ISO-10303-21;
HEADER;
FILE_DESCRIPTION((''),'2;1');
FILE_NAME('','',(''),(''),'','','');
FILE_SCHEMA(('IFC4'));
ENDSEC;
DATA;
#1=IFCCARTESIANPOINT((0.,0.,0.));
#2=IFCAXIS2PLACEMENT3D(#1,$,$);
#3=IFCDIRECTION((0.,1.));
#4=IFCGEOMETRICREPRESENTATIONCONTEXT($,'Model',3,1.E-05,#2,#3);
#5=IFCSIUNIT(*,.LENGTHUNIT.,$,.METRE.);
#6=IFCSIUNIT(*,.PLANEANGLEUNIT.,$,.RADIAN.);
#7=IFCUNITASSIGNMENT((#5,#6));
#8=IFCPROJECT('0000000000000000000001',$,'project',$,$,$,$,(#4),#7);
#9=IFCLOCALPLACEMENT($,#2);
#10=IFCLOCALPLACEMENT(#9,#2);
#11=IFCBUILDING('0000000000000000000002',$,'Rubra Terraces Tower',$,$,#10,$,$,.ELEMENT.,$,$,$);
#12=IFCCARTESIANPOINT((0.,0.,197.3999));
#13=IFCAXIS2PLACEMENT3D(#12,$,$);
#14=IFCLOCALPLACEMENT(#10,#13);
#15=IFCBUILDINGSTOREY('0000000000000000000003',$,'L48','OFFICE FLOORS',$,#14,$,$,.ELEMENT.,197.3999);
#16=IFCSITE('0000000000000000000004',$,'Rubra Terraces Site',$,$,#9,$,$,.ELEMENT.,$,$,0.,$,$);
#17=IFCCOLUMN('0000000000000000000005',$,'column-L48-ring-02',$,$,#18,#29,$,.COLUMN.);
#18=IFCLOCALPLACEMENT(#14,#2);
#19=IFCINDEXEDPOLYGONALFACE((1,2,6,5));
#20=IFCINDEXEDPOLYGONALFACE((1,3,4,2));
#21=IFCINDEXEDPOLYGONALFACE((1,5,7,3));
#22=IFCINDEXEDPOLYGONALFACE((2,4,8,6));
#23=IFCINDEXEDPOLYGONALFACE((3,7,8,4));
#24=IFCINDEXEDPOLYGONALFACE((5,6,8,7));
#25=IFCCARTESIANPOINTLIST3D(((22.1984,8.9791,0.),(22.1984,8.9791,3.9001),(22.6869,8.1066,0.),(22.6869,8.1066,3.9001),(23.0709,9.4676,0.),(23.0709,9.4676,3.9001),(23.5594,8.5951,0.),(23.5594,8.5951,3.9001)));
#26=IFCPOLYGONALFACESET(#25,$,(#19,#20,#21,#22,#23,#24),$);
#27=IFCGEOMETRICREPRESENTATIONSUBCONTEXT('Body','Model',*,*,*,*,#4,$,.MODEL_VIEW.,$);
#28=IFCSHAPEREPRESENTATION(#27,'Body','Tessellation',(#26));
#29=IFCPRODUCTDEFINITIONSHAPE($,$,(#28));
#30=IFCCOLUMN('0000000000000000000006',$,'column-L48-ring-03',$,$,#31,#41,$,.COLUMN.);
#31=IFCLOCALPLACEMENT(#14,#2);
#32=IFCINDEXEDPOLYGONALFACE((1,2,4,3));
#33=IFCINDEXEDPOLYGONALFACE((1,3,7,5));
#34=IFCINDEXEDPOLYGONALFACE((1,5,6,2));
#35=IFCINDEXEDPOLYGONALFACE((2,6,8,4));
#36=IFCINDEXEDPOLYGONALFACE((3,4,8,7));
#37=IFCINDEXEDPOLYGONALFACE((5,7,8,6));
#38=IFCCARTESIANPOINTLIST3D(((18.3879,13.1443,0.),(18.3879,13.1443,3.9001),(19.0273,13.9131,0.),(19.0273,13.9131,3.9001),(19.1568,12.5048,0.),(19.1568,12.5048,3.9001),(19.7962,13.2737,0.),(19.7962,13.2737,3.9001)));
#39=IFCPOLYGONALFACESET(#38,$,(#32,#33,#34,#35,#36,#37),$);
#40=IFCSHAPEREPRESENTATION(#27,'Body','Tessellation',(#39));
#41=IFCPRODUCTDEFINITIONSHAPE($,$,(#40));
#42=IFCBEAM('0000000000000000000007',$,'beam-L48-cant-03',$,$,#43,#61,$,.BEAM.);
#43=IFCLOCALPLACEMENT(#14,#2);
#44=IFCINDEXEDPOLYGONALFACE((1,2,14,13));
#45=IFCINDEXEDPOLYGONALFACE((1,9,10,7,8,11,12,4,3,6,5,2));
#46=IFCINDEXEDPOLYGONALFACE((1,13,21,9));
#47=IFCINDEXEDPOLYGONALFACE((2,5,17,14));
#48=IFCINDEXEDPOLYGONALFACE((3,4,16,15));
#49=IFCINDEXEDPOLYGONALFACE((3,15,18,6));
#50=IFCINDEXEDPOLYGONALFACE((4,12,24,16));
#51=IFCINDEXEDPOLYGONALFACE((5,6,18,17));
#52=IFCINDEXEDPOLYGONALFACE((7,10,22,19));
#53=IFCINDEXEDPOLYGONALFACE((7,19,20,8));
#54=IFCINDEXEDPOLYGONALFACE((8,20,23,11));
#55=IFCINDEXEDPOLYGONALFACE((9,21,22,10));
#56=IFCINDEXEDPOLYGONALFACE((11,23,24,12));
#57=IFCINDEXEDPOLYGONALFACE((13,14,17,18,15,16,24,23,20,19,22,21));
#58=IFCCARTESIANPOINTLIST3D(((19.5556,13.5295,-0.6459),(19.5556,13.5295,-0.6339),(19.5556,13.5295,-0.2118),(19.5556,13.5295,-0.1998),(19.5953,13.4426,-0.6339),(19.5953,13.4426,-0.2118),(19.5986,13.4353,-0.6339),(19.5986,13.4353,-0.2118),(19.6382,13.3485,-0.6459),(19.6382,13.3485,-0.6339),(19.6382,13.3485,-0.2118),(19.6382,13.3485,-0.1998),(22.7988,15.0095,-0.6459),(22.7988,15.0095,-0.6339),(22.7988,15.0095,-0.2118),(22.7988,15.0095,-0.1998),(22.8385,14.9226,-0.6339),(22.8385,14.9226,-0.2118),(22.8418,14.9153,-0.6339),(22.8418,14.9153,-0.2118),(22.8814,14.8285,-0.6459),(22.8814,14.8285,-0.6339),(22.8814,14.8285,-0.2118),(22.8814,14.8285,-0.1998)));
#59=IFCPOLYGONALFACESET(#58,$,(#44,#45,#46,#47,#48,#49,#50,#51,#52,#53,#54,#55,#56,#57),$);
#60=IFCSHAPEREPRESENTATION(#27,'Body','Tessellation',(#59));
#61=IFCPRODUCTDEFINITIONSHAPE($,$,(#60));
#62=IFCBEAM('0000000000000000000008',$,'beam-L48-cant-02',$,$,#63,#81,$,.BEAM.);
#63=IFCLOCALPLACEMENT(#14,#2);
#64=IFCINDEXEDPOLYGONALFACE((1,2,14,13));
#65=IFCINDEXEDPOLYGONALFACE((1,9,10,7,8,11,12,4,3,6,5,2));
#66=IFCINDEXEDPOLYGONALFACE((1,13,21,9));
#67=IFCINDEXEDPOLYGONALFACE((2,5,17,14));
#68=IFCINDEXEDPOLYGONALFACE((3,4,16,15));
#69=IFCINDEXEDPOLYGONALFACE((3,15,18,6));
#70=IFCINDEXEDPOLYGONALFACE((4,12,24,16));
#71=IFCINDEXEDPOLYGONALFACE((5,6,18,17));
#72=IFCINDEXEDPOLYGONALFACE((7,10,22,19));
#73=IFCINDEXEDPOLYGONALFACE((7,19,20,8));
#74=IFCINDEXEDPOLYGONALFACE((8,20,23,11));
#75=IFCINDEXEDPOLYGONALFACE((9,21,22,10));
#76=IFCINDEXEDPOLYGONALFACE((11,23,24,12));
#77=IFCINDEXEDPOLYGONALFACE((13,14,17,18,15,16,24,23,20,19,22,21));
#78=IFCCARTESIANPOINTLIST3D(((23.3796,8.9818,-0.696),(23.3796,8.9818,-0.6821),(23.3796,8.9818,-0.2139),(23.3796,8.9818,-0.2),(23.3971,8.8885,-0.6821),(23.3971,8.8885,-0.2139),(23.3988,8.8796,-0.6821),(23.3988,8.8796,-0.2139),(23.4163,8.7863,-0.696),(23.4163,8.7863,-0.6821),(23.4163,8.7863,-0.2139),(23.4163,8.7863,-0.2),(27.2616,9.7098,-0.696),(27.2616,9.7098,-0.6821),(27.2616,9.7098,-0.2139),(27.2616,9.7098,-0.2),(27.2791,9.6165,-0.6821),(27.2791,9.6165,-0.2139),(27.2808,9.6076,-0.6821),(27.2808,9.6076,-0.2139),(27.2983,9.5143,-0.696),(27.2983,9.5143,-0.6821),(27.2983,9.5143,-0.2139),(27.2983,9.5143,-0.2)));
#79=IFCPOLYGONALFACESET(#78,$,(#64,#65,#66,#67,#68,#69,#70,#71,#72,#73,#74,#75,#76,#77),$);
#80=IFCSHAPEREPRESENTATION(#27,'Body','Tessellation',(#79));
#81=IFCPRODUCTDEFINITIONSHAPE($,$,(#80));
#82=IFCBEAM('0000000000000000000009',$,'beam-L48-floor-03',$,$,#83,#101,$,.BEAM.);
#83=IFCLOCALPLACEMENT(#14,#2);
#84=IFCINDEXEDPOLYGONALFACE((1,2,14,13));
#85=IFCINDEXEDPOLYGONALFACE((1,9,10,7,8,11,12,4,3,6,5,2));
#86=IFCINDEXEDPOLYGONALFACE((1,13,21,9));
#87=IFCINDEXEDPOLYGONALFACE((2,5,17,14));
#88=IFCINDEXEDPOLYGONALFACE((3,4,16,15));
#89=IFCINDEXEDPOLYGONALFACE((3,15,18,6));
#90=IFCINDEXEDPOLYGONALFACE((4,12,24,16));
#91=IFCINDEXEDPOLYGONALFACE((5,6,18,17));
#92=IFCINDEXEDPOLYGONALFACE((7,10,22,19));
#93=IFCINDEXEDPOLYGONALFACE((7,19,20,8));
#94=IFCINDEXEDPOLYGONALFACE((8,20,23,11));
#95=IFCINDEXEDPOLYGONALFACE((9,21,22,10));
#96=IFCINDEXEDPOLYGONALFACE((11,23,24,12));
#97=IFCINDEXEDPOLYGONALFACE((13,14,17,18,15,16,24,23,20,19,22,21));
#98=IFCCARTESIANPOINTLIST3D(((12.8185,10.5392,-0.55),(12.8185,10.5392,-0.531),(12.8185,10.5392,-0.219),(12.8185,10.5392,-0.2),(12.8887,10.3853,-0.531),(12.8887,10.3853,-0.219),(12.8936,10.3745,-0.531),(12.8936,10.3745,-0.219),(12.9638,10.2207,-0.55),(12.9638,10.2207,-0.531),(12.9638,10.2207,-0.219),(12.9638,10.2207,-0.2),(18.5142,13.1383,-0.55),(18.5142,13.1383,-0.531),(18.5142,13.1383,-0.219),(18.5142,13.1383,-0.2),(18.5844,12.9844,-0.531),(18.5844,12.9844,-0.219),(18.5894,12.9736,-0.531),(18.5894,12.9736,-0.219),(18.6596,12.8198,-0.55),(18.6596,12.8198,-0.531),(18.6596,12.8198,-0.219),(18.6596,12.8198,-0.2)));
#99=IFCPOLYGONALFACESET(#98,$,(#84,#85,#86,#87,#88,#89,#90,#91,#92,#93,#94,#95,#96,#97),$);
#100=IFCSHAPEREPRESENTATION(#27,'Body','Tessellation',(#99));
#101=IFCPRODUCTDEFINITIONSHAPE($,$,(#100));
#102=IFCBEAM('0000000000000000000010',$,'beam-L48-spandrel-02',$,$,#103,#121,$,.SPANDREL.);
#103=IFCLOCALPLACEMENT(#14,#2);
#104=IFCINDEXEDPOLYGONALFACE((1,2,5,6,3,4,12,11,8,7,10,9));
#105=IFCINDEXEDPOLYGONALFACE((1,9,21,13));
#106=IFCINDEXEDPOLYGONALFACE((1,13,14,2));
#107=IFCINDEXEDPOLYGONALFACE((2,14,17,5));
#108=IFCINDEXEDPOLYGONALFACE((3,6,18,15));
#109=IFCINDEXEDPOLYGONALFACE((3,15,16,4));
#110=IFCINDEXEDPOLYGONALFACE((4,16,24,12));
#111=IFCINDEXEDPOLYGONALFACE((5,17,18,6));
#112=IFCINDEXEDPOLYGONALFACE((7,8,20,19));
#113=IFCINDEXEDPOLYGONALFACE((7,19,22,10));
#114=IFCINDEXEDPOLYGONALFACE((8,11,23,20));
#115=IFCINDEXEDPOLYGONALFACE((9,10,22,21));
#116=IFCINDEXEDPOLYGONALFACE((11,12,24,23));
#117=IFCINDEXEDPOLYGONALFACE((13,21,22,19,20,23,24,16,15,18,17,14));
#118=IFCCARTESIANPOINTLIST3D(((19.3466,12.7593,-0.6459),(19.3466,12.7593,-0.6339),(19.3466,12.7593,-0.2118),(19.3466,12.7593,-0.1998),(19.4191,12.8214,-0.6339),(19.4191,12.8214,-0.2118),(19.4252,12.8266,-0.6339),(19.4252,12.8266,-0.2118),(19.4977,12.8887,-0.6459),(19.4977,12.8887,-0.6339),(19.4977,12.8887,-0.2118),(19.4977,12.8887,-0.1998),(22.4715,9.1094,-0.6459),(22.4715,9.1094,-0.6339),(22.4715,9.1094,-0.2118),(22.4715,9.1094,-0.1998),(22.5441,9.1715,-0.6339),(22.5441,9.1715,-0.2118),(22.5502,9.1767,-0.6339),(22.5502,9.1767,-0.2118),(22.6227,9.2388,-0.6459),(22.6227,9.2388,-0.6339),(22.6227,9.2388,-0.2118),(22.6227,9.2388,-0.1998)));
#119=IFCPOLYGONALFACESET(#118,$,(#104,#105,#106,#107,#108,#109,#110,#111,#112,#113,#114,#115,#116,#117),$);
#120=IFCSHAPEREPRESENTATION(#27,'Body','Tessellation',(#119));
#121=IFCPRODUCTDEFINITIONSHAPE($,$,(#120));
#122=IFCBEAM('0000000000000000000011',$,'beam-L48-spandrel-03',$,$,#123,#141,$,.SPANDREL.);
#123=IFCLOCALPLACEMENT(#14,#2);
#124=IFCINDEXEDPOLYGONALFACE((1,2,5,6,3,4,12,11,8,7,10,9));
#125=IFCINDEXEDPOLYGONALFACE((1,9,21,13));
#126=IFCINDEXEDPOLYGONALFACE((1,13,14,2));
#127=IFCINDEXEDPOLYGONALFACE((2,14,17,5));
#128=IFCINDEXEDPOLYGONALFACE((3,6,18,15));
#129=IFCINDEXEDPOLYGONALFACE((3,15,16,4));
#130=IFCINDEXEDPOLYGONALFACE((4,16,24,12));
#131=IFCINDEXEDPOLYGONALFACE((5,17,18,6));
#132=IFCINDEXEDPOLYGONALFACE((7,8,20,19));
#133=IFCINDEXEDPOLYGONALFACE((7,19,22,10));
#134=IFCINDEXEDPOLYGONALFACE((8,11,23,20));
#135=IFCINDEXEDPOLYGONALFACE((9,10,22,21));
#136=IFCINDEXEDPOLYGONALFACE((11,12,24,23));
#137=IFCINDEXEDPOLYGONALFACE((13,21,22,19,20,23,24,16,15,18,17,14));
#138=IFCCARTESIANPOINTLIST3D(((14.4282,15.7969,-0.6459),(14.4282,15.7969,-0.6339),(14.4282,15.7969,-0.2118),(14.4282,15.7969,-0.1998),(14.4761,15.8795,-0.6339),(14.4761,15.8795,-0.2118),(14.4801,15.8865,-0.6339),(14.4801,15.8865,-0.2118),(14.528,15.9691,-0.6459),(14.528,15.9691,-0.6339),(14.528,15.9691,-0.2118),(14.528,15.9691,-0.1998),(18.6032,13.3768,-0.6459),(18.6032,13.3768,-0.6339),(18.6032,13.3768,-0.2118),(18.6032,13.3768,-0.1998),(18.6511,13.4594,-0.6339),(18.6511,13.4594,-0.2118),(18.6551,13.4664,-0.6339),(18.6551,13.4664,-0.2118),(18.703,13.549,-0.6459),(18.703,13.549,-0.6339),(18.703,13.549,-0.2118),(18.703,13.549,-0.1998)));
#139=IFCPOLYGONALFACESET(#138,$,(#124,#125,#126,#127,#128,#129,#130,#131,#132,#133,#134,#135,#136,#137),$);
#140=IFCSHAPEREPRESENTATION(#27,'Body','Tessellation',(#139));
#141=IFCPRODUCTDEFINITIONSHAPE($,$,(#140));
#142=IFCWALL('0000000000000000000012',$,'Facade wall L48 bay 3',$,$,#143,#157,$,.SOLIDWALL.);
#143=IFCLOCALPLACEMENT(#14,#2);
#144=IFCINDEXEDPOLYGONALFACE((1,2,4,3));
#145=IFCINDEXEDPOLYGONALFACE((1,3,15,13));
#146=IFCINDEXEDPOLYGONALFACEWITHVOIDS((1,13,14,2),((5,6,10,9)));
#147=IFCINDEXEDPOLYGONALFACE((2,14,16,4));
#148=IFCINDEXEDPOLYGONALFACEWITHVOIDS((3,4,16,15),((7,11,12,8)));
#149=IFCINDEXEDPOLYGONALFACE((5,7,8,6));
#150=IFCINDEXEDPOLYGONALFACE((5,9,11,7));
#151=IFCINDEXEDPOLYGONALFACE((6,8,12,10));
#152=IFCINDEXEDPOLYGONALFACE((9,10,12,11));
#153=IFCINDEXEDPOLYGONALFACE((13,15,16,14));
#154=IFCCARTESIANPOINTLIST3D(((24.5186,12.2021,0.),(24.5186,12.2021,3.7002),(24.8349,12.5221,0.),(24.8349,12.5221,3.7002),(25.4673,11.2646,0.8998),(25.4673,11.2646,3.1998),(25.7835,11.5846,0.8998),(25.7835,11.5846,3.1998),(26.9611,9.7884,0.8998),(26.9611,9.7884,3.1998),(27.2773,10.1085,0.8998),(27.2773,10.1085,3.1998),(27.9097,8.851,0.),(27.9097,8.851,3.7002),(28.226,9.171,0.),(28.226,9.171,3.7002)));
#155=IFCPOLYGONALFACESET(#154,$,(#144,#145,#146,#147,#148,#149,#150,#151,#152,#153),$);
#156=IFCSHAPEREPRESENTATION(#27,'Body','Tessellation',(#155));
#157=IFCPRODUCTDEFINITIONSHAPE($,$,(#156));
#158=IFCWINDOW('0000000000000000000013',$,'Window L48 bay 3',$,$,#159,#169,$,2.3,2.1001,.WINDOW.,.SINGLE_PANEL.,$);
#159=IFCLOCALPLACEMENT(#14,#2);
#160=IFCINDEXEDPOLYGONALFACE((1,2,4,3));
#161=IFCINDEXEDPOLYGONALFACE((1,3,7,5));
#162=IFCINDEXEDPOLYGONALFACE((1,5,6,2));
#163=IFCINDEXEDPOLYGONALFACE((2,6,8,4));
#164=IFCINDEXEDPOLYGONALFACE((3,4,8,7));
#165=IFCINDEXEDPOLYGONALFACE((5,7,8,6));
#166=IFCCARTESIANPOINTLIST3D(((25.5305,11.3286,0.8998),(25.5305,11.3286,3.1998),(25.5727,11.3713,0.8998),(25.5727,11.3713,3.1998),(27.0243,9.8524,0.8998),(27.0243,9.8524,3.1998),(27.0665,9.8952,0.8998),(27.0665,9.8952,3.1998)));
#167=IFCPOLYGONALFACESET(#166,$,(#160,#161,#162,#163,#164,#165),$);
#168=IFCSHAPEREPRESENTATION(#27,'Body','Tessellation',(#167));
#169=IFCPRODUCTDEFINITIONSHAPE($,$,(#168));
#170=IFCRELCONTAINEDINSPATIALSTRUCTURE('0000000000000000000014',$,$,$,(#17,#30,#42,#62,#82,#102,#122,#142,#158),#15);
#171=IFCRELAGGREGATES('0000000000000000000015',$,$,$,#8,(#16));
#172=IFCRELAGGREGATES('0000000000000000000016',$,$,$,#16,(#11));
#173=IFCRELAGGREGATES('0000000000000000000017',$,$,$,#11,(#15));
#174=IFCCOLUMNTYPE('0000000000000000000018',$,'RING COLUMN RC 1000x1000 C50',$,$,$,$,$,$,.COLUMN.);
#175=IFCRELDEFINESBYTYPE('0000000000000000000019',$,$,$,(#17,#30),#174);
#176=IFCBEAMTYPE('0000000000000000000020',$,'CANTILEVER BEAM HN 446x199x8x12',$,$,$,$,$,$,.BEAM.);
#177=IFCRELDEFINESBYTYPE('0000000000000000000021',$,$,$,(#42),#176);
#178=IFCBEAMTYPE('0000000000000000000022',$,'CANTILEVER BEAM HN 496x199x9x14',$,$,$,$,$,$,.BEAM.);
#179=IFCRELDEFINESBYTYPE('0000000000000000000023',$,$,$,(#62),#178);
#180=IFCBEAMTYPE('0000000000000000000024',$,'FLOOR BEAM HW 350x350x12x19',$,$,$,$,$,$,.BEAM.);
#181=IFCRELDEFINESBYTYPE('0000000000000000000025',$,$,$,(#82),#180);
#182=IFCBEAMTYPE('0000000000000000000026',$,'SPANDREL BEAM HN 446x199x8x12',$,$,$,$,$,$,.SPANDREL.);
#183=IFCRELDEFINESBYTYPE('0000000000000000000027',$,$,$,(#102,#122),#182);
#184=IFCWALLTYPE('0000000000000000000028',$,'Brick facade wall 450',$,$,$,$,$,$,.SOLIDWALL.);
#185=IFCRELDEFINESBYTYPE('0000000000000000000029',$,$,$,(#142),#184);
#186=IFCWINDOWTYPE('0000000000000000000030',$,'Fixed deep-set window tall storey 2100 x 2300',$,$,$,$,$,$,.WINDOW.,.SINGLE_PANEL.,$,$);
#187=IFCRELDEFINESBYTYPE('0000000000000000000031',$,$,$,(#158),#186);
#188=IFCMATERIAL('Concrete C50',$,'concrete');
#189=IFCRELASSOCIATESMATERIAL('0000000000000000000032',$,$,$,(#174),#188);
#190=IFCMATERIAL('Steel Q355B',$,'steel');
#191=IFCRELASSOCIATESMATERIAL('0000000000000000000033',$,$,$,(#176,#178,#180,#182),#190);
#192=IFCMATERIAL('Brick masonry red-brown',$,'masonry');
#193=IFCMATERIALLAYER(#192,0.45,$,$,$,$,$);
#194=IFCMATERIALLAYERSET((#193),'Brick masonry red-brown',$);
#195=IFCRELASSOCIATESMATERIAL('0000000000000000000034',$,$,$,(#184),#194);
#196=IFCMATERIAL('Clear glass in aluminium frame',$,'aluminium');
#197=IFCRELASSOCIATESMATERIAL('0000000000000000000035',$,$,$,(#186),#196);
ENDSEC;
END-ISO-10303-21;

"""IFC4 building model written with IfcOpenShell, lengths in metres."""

from ifc_helpers import new_model, si_unit, direction, frame, frame_2d, origin, origin_2d, place, context, subcontext, project, spatial, rectangle, i_section, extrude, material, layer, layer_set, material_profile, profile_set, type_object, element, fill, save


model = new_model("IFC4")

# Units and contexts
model_context = context("Model", 3, precision=1e-05, world=origin(), true_north=direction((0.0, 1.0)))
body_context = subcontext(model_context, "Body", "Model", "MODEL_VIEW")
ifc_project = project(units=[si_unit("LENGTHUNIT", "METRE"), si_unit("PLANEANGLEUNIT", "RADIAN")], contexts=[model_context])

# Site, building, storey
site_placement = place(None, origin())
site = spatial("IfcSite", under=ifc_project, at=site_placement, Name="Rubra Terraces Site", CompositionType="ELEMENT", RefElevation=0.0)
building_placement = place(site_placement, origin())
building = spatial("IfcBuilding", under=site, at=building_placement, Name="Rubra Terraces Tower", CompositionType="ELEMENT")
storey_placement = place(building_placement, frame((0.0, 0.0, 197.3999)))
storey = spatial("IfcBuildingStorey", under=building, at=storey_placement, Name="L48", Description="OFFICE FLOORS", CompositionType="ELEMENT", Elevation=197.3999)

# Columns
ifc_material_1 = material(Name="Concrete C50", Category="concrete")
ifc_material_profile_1 = material_profile(ifc_material_1, rectangle(XDim=1.0, YDim=1.0, at=origin_2d()), Name="RC 1000x1000")
ifc_profile_set_1 = profile_set([ifc_material_profile_1], Name="Concrete C50")
column_type = type_object("IfcColumnType", Name="RING COLUMN RC 1000x1000 C50", PredefinedType="COLUMN", material=ifc_profile_set_1)
for number, where, z_axis, x_axis, name in (
    (1, (22.8789, 8.7871, 0.0), (0.0, 0.0, 1.0), (-0.488526, 0.872549, 0.0), "column-L48-ring-02"),
    (2, (19.092, 13.209, 0.0), (0.0, 0.0, 1.0), (-0.76887, 0.639405, 0.0), "column-L48-ring-03"),
):
    element("IfcColumn", number, at=place(storey_placement, frame(where, z_axis=z_axis, x_axis=x_axis)), inside=storey, type_object=column_type, Name=name, PredefinedType="COLUMN", context=body_context, shape_type="SweptSolid", body=[
        extrude(rectangle(XDim=1.0, YDim=1.0, at=origin_2d()), origin(), (0.0, 0.0, 1.0), 3.9001),
    ])

# Beams
ifc_material_2 = material(Name="Steel Q355B", Category="steel")
ifc_material_profile_2 = material_profile(ifc_material_2, i_section(OverallWidth=0.199, OverallDepth=0.446, WebThickness=0.0081, FlangeThickness=0.012, at=origin_2d()), Name="HN 446x199x8x12")
ifc_profile_set_2 = profile_set([ifc_material_profile_2], Name="Steel Q355B")
beam_type_1 = type_object("IfcBeamType", Name="CANTILEVER BEAM HN 446x199x8x12", PredefinedType="BEAM", material=ifc_profile_set_2)
beam_1_placement = place(storey_placement, frame((19.5969, 13.439, -0.4229), z_axis=(0.909751, 0.415154, 0.0), x_axis=(-0.415154, 0.909751, 0.0)))
element("IfcBeam", 3, at=beam_1_placement, inside=storey, type_object=beam_type_1, Name="beam-L48-cant-03", PredefinedType="BEAM", context=body_context, shape_type="SweptSolid", body=[
    extrude(i_section(OverallWidth=0.199, OverallDepth=0.446, WebThickness=0.0081, FlangeThickness=0.012, at=origin_2d()), origin(), (0.0, 0.0, 1.0), 3.5649),
])
ifc_material_profile_3 = material_profile(ifc_material_2, i_section(OverallWidth=0.199, OverallDepth=0.4961, WebThickness=0.009, FlangeThickness=0.0139, at=origin_2d()), Name="HN 496x199x9x14")
ifc_profile_set_3 = profile_set([ifc_material_profile_3], Name="Steel Q355B")
beam_type_2 = type_object("IfcBeamType", Name="CANTILEVER BEAM HN 496x199x9x14", PredefinedType="BEAM", material=ifc_profile_set_3)
beam_2_placement = place(storey_placement, frame((23.3979, 8.884, -0.448), z_axis=(0.982866, 0.184322, 0.0), x_axis=(-0.184322, 0.982866, 0.0)))
element("IfcBeam", 4, at=beam_2_placement, inside=storey, type_object=beam_type_2, Name="beam-L48-cant-02", PredefinedType="BEAM", context=body_context, shape_type="SweptSolid", body=[
    extrude(i_section(OverallWidth=0.199, OverallDepth=0.4961, WebThickness=0.009, FlangeThickness=0.0139, at=origin_2d()), origin(), (0.0, 0.0, 1.0), 3.9497),
])
ifc_material_profile_4 = material_profile(ifc_material_2, i_section(OverallWidth=0.3501, OverallDepth=0.3501, WebThickness=0.012, FlangeThickness=0.019, at=origin_2d()), Name="HW 350x350x12x19")
ifc_profile_set_4 = profile_set([ifc_material_profile_4], Name="Steel Q355B")
beam_type_3 = type_object("IfcBeamType", Name="FLOOR BEAM HW 350x350x12x19", PredefinedType="BEAM", material=ifc_profile_set_4)
beam_3_placement = place(storey_placement, frame((18.5869, 12.979, -0.375), z_axis=(-0.909757, -0.415142, 0.0), x_axis=(0.415142, -0.909757, 0.0)))
element("IfcBeam", 5, at=beam_3_placement, inside=storey, type_object=beam_type_3, Name="beam-L48-floor-03", PredefinedType="BEAM", context=body_context, shape_type="SweptSolid", body=[
    extrude(i_section(OverallWidth=0.3501, OverallDepth=0.3501, WebThickness=0.012, FlangeThickness=0.019, at=origin_2d()), origin(), (0.0, 0.0, 1.0), 6.2607),
])
ifc_material_profile_5 = material_profile(ifc_material_2, i_section(OverallWidth=0.199, OverallDepth=0.446, WebThickness=0.0081, FlangeThickness=0.012, at=origin_2d()), Name="HN 446x199x8x12")
ifc_profile_set_5 = profile_set([ifc_material_profile_5], Name="Steel Q355B")
beam_type_4 = type_object("IfcBeamType", Name="SPANDREL BEAM HN 446x199x8x12", PredefinedType="SPANDREL", material=ifc_profile_set_5)
beam_4_placement = place(storey_placement, frame((22.5471, 9.1741, -0.4229), z_axis=(-0.650373, 0.759615, 0.0), x_axis=(-0.759615, -0.650373, 0.0)))
element("IfcBeam", 6, at=beam_4_placement, inside=storey, type_object=beam_type_4, Name="beam-L48-spandrel-02", PredefinedType="SPANDREL", context=body_context, shape_type="SweptSolid", body=[
    extrude(i_section(OverallWidth=0.199, OverallDepth=0.446, WebThickness=0.0081, FlangeThickness=0.012, at=origin_2d()), origin(), (0.0, 0.0, 1.0), 4.8049),
])
beam_5_placement = place(storey_placement, frame((18.6531, 13.4629, -0.4229), z_axis=(-0.865154, 0.501507, 0.0), x_axis=(-0.501507, -0.865154, 0.0)))
element("IfcBeam", 7, at=beam_5_placement, inside=storey, type_object=beam_type_4, Name="beam-L48-spandrel-03", PredefinedType="SPANDREL", context=body_context, shape_type="SweptSolid", body=[
    extrude(i_section(OverallWidth=0.199, OverallDepth=0.446, WebThickness=0.0081, FlangeThickness=0.012, at=origin_2d()), origin(), (0.0, 0.0, 1.0), 4.8257),
])

# Wall, opening, window
ifc_material_3 = material(Name="Brick masonry red-brown", Category="masonry")
ifc_layer_1 = layer(ifc_material_3, 0.45)
ifc_layer_set_1 = layer_set([ifc_layer_1], Name="Brick masonry red-brown")
wall_type_1 = type_object("IfcWallType", Name="Brick facade wall 450", PredefinedType="SOLIDWALL", material=ifc_layer_set_1)
wall_1_placement = place(storey_placement, frame((28.0679, 9.011, 0.0), z_axis=(0.0, 0.0, 1.0), x_axis=(-0.711293, 0.702895, 0.0)))
wall_1 = element("IfcWall", 8, at=wall_1_placement, inside=storey, type_object=wall_type_1, Name="Facade wall L48 bay 3", PredefinedType="SOLIDWALL", context=body_context, shape_type="SweptSolid", body=[
    extrude(rectangle(XDim=4.7676, YDim=0.45, at=frame_2d((2.3838, 0.0))), origin(), (0.0, 0.0, 1.0), 3.7002),
])
opening_1_placement = place(wall_1_placement, frame((1.3337, 0.0, 0.8999)))
opening_1 = element("IfcOpeningElement", 9, at=opening_1_placement, cuts=wall_1, PredefinedType="OPENING", context=body_context, shape_type="SweptSolid", body=[
    extrude(rectangle(XDim=2.1001, YDim=2.3, at=frame_2d((1.05, 1.1499))), frame((0.0, 0.2349, 0.0), z_axis=(0.0, -1.0, 0.0), x_axis=(1.0, 0.0, 0.0)), (0.0, 0.0, 1.0), 0.47),
])
ifc_material_4 = material(Name="Clear glass in aluminium frame", Category="aluminium")
window_type_1 = type_object("IfcWindowType", Name="Fixed deep-set window tall storey 2100 x 2300", PartitioningType="SINGLE_PANEL", PredefinedType="WINDOW", material=ifc_material_4)
window_1_placement = place(opening_1_placement, origin())
window_1 = element("IfcWindow", 10, at=window_1_placement, inside=storey, type_object=window_type_1, Name="Window L48 bay 3", OverallHeight=2.3, OverallWidth=2.1001, PartitioningType="SINGLE_PANEL", PredefinedType="WINDOW", context=body_context, shape_type="SweptSolid", body=[
    extrude(rectangle(XDim=2.1001, YDim=2.3, at=frame_2d((1.05, 1.1499))), frame((0.0, 0.135, 0.0), z_axis=(0.0, -1.0, 0.0), x_axis=(1.0, 0.0, 0.0)), (0.0, 0.0, 1.0), 0.0601),
])
fill(opening_1, window_1)

save(model, "model.ifc")
